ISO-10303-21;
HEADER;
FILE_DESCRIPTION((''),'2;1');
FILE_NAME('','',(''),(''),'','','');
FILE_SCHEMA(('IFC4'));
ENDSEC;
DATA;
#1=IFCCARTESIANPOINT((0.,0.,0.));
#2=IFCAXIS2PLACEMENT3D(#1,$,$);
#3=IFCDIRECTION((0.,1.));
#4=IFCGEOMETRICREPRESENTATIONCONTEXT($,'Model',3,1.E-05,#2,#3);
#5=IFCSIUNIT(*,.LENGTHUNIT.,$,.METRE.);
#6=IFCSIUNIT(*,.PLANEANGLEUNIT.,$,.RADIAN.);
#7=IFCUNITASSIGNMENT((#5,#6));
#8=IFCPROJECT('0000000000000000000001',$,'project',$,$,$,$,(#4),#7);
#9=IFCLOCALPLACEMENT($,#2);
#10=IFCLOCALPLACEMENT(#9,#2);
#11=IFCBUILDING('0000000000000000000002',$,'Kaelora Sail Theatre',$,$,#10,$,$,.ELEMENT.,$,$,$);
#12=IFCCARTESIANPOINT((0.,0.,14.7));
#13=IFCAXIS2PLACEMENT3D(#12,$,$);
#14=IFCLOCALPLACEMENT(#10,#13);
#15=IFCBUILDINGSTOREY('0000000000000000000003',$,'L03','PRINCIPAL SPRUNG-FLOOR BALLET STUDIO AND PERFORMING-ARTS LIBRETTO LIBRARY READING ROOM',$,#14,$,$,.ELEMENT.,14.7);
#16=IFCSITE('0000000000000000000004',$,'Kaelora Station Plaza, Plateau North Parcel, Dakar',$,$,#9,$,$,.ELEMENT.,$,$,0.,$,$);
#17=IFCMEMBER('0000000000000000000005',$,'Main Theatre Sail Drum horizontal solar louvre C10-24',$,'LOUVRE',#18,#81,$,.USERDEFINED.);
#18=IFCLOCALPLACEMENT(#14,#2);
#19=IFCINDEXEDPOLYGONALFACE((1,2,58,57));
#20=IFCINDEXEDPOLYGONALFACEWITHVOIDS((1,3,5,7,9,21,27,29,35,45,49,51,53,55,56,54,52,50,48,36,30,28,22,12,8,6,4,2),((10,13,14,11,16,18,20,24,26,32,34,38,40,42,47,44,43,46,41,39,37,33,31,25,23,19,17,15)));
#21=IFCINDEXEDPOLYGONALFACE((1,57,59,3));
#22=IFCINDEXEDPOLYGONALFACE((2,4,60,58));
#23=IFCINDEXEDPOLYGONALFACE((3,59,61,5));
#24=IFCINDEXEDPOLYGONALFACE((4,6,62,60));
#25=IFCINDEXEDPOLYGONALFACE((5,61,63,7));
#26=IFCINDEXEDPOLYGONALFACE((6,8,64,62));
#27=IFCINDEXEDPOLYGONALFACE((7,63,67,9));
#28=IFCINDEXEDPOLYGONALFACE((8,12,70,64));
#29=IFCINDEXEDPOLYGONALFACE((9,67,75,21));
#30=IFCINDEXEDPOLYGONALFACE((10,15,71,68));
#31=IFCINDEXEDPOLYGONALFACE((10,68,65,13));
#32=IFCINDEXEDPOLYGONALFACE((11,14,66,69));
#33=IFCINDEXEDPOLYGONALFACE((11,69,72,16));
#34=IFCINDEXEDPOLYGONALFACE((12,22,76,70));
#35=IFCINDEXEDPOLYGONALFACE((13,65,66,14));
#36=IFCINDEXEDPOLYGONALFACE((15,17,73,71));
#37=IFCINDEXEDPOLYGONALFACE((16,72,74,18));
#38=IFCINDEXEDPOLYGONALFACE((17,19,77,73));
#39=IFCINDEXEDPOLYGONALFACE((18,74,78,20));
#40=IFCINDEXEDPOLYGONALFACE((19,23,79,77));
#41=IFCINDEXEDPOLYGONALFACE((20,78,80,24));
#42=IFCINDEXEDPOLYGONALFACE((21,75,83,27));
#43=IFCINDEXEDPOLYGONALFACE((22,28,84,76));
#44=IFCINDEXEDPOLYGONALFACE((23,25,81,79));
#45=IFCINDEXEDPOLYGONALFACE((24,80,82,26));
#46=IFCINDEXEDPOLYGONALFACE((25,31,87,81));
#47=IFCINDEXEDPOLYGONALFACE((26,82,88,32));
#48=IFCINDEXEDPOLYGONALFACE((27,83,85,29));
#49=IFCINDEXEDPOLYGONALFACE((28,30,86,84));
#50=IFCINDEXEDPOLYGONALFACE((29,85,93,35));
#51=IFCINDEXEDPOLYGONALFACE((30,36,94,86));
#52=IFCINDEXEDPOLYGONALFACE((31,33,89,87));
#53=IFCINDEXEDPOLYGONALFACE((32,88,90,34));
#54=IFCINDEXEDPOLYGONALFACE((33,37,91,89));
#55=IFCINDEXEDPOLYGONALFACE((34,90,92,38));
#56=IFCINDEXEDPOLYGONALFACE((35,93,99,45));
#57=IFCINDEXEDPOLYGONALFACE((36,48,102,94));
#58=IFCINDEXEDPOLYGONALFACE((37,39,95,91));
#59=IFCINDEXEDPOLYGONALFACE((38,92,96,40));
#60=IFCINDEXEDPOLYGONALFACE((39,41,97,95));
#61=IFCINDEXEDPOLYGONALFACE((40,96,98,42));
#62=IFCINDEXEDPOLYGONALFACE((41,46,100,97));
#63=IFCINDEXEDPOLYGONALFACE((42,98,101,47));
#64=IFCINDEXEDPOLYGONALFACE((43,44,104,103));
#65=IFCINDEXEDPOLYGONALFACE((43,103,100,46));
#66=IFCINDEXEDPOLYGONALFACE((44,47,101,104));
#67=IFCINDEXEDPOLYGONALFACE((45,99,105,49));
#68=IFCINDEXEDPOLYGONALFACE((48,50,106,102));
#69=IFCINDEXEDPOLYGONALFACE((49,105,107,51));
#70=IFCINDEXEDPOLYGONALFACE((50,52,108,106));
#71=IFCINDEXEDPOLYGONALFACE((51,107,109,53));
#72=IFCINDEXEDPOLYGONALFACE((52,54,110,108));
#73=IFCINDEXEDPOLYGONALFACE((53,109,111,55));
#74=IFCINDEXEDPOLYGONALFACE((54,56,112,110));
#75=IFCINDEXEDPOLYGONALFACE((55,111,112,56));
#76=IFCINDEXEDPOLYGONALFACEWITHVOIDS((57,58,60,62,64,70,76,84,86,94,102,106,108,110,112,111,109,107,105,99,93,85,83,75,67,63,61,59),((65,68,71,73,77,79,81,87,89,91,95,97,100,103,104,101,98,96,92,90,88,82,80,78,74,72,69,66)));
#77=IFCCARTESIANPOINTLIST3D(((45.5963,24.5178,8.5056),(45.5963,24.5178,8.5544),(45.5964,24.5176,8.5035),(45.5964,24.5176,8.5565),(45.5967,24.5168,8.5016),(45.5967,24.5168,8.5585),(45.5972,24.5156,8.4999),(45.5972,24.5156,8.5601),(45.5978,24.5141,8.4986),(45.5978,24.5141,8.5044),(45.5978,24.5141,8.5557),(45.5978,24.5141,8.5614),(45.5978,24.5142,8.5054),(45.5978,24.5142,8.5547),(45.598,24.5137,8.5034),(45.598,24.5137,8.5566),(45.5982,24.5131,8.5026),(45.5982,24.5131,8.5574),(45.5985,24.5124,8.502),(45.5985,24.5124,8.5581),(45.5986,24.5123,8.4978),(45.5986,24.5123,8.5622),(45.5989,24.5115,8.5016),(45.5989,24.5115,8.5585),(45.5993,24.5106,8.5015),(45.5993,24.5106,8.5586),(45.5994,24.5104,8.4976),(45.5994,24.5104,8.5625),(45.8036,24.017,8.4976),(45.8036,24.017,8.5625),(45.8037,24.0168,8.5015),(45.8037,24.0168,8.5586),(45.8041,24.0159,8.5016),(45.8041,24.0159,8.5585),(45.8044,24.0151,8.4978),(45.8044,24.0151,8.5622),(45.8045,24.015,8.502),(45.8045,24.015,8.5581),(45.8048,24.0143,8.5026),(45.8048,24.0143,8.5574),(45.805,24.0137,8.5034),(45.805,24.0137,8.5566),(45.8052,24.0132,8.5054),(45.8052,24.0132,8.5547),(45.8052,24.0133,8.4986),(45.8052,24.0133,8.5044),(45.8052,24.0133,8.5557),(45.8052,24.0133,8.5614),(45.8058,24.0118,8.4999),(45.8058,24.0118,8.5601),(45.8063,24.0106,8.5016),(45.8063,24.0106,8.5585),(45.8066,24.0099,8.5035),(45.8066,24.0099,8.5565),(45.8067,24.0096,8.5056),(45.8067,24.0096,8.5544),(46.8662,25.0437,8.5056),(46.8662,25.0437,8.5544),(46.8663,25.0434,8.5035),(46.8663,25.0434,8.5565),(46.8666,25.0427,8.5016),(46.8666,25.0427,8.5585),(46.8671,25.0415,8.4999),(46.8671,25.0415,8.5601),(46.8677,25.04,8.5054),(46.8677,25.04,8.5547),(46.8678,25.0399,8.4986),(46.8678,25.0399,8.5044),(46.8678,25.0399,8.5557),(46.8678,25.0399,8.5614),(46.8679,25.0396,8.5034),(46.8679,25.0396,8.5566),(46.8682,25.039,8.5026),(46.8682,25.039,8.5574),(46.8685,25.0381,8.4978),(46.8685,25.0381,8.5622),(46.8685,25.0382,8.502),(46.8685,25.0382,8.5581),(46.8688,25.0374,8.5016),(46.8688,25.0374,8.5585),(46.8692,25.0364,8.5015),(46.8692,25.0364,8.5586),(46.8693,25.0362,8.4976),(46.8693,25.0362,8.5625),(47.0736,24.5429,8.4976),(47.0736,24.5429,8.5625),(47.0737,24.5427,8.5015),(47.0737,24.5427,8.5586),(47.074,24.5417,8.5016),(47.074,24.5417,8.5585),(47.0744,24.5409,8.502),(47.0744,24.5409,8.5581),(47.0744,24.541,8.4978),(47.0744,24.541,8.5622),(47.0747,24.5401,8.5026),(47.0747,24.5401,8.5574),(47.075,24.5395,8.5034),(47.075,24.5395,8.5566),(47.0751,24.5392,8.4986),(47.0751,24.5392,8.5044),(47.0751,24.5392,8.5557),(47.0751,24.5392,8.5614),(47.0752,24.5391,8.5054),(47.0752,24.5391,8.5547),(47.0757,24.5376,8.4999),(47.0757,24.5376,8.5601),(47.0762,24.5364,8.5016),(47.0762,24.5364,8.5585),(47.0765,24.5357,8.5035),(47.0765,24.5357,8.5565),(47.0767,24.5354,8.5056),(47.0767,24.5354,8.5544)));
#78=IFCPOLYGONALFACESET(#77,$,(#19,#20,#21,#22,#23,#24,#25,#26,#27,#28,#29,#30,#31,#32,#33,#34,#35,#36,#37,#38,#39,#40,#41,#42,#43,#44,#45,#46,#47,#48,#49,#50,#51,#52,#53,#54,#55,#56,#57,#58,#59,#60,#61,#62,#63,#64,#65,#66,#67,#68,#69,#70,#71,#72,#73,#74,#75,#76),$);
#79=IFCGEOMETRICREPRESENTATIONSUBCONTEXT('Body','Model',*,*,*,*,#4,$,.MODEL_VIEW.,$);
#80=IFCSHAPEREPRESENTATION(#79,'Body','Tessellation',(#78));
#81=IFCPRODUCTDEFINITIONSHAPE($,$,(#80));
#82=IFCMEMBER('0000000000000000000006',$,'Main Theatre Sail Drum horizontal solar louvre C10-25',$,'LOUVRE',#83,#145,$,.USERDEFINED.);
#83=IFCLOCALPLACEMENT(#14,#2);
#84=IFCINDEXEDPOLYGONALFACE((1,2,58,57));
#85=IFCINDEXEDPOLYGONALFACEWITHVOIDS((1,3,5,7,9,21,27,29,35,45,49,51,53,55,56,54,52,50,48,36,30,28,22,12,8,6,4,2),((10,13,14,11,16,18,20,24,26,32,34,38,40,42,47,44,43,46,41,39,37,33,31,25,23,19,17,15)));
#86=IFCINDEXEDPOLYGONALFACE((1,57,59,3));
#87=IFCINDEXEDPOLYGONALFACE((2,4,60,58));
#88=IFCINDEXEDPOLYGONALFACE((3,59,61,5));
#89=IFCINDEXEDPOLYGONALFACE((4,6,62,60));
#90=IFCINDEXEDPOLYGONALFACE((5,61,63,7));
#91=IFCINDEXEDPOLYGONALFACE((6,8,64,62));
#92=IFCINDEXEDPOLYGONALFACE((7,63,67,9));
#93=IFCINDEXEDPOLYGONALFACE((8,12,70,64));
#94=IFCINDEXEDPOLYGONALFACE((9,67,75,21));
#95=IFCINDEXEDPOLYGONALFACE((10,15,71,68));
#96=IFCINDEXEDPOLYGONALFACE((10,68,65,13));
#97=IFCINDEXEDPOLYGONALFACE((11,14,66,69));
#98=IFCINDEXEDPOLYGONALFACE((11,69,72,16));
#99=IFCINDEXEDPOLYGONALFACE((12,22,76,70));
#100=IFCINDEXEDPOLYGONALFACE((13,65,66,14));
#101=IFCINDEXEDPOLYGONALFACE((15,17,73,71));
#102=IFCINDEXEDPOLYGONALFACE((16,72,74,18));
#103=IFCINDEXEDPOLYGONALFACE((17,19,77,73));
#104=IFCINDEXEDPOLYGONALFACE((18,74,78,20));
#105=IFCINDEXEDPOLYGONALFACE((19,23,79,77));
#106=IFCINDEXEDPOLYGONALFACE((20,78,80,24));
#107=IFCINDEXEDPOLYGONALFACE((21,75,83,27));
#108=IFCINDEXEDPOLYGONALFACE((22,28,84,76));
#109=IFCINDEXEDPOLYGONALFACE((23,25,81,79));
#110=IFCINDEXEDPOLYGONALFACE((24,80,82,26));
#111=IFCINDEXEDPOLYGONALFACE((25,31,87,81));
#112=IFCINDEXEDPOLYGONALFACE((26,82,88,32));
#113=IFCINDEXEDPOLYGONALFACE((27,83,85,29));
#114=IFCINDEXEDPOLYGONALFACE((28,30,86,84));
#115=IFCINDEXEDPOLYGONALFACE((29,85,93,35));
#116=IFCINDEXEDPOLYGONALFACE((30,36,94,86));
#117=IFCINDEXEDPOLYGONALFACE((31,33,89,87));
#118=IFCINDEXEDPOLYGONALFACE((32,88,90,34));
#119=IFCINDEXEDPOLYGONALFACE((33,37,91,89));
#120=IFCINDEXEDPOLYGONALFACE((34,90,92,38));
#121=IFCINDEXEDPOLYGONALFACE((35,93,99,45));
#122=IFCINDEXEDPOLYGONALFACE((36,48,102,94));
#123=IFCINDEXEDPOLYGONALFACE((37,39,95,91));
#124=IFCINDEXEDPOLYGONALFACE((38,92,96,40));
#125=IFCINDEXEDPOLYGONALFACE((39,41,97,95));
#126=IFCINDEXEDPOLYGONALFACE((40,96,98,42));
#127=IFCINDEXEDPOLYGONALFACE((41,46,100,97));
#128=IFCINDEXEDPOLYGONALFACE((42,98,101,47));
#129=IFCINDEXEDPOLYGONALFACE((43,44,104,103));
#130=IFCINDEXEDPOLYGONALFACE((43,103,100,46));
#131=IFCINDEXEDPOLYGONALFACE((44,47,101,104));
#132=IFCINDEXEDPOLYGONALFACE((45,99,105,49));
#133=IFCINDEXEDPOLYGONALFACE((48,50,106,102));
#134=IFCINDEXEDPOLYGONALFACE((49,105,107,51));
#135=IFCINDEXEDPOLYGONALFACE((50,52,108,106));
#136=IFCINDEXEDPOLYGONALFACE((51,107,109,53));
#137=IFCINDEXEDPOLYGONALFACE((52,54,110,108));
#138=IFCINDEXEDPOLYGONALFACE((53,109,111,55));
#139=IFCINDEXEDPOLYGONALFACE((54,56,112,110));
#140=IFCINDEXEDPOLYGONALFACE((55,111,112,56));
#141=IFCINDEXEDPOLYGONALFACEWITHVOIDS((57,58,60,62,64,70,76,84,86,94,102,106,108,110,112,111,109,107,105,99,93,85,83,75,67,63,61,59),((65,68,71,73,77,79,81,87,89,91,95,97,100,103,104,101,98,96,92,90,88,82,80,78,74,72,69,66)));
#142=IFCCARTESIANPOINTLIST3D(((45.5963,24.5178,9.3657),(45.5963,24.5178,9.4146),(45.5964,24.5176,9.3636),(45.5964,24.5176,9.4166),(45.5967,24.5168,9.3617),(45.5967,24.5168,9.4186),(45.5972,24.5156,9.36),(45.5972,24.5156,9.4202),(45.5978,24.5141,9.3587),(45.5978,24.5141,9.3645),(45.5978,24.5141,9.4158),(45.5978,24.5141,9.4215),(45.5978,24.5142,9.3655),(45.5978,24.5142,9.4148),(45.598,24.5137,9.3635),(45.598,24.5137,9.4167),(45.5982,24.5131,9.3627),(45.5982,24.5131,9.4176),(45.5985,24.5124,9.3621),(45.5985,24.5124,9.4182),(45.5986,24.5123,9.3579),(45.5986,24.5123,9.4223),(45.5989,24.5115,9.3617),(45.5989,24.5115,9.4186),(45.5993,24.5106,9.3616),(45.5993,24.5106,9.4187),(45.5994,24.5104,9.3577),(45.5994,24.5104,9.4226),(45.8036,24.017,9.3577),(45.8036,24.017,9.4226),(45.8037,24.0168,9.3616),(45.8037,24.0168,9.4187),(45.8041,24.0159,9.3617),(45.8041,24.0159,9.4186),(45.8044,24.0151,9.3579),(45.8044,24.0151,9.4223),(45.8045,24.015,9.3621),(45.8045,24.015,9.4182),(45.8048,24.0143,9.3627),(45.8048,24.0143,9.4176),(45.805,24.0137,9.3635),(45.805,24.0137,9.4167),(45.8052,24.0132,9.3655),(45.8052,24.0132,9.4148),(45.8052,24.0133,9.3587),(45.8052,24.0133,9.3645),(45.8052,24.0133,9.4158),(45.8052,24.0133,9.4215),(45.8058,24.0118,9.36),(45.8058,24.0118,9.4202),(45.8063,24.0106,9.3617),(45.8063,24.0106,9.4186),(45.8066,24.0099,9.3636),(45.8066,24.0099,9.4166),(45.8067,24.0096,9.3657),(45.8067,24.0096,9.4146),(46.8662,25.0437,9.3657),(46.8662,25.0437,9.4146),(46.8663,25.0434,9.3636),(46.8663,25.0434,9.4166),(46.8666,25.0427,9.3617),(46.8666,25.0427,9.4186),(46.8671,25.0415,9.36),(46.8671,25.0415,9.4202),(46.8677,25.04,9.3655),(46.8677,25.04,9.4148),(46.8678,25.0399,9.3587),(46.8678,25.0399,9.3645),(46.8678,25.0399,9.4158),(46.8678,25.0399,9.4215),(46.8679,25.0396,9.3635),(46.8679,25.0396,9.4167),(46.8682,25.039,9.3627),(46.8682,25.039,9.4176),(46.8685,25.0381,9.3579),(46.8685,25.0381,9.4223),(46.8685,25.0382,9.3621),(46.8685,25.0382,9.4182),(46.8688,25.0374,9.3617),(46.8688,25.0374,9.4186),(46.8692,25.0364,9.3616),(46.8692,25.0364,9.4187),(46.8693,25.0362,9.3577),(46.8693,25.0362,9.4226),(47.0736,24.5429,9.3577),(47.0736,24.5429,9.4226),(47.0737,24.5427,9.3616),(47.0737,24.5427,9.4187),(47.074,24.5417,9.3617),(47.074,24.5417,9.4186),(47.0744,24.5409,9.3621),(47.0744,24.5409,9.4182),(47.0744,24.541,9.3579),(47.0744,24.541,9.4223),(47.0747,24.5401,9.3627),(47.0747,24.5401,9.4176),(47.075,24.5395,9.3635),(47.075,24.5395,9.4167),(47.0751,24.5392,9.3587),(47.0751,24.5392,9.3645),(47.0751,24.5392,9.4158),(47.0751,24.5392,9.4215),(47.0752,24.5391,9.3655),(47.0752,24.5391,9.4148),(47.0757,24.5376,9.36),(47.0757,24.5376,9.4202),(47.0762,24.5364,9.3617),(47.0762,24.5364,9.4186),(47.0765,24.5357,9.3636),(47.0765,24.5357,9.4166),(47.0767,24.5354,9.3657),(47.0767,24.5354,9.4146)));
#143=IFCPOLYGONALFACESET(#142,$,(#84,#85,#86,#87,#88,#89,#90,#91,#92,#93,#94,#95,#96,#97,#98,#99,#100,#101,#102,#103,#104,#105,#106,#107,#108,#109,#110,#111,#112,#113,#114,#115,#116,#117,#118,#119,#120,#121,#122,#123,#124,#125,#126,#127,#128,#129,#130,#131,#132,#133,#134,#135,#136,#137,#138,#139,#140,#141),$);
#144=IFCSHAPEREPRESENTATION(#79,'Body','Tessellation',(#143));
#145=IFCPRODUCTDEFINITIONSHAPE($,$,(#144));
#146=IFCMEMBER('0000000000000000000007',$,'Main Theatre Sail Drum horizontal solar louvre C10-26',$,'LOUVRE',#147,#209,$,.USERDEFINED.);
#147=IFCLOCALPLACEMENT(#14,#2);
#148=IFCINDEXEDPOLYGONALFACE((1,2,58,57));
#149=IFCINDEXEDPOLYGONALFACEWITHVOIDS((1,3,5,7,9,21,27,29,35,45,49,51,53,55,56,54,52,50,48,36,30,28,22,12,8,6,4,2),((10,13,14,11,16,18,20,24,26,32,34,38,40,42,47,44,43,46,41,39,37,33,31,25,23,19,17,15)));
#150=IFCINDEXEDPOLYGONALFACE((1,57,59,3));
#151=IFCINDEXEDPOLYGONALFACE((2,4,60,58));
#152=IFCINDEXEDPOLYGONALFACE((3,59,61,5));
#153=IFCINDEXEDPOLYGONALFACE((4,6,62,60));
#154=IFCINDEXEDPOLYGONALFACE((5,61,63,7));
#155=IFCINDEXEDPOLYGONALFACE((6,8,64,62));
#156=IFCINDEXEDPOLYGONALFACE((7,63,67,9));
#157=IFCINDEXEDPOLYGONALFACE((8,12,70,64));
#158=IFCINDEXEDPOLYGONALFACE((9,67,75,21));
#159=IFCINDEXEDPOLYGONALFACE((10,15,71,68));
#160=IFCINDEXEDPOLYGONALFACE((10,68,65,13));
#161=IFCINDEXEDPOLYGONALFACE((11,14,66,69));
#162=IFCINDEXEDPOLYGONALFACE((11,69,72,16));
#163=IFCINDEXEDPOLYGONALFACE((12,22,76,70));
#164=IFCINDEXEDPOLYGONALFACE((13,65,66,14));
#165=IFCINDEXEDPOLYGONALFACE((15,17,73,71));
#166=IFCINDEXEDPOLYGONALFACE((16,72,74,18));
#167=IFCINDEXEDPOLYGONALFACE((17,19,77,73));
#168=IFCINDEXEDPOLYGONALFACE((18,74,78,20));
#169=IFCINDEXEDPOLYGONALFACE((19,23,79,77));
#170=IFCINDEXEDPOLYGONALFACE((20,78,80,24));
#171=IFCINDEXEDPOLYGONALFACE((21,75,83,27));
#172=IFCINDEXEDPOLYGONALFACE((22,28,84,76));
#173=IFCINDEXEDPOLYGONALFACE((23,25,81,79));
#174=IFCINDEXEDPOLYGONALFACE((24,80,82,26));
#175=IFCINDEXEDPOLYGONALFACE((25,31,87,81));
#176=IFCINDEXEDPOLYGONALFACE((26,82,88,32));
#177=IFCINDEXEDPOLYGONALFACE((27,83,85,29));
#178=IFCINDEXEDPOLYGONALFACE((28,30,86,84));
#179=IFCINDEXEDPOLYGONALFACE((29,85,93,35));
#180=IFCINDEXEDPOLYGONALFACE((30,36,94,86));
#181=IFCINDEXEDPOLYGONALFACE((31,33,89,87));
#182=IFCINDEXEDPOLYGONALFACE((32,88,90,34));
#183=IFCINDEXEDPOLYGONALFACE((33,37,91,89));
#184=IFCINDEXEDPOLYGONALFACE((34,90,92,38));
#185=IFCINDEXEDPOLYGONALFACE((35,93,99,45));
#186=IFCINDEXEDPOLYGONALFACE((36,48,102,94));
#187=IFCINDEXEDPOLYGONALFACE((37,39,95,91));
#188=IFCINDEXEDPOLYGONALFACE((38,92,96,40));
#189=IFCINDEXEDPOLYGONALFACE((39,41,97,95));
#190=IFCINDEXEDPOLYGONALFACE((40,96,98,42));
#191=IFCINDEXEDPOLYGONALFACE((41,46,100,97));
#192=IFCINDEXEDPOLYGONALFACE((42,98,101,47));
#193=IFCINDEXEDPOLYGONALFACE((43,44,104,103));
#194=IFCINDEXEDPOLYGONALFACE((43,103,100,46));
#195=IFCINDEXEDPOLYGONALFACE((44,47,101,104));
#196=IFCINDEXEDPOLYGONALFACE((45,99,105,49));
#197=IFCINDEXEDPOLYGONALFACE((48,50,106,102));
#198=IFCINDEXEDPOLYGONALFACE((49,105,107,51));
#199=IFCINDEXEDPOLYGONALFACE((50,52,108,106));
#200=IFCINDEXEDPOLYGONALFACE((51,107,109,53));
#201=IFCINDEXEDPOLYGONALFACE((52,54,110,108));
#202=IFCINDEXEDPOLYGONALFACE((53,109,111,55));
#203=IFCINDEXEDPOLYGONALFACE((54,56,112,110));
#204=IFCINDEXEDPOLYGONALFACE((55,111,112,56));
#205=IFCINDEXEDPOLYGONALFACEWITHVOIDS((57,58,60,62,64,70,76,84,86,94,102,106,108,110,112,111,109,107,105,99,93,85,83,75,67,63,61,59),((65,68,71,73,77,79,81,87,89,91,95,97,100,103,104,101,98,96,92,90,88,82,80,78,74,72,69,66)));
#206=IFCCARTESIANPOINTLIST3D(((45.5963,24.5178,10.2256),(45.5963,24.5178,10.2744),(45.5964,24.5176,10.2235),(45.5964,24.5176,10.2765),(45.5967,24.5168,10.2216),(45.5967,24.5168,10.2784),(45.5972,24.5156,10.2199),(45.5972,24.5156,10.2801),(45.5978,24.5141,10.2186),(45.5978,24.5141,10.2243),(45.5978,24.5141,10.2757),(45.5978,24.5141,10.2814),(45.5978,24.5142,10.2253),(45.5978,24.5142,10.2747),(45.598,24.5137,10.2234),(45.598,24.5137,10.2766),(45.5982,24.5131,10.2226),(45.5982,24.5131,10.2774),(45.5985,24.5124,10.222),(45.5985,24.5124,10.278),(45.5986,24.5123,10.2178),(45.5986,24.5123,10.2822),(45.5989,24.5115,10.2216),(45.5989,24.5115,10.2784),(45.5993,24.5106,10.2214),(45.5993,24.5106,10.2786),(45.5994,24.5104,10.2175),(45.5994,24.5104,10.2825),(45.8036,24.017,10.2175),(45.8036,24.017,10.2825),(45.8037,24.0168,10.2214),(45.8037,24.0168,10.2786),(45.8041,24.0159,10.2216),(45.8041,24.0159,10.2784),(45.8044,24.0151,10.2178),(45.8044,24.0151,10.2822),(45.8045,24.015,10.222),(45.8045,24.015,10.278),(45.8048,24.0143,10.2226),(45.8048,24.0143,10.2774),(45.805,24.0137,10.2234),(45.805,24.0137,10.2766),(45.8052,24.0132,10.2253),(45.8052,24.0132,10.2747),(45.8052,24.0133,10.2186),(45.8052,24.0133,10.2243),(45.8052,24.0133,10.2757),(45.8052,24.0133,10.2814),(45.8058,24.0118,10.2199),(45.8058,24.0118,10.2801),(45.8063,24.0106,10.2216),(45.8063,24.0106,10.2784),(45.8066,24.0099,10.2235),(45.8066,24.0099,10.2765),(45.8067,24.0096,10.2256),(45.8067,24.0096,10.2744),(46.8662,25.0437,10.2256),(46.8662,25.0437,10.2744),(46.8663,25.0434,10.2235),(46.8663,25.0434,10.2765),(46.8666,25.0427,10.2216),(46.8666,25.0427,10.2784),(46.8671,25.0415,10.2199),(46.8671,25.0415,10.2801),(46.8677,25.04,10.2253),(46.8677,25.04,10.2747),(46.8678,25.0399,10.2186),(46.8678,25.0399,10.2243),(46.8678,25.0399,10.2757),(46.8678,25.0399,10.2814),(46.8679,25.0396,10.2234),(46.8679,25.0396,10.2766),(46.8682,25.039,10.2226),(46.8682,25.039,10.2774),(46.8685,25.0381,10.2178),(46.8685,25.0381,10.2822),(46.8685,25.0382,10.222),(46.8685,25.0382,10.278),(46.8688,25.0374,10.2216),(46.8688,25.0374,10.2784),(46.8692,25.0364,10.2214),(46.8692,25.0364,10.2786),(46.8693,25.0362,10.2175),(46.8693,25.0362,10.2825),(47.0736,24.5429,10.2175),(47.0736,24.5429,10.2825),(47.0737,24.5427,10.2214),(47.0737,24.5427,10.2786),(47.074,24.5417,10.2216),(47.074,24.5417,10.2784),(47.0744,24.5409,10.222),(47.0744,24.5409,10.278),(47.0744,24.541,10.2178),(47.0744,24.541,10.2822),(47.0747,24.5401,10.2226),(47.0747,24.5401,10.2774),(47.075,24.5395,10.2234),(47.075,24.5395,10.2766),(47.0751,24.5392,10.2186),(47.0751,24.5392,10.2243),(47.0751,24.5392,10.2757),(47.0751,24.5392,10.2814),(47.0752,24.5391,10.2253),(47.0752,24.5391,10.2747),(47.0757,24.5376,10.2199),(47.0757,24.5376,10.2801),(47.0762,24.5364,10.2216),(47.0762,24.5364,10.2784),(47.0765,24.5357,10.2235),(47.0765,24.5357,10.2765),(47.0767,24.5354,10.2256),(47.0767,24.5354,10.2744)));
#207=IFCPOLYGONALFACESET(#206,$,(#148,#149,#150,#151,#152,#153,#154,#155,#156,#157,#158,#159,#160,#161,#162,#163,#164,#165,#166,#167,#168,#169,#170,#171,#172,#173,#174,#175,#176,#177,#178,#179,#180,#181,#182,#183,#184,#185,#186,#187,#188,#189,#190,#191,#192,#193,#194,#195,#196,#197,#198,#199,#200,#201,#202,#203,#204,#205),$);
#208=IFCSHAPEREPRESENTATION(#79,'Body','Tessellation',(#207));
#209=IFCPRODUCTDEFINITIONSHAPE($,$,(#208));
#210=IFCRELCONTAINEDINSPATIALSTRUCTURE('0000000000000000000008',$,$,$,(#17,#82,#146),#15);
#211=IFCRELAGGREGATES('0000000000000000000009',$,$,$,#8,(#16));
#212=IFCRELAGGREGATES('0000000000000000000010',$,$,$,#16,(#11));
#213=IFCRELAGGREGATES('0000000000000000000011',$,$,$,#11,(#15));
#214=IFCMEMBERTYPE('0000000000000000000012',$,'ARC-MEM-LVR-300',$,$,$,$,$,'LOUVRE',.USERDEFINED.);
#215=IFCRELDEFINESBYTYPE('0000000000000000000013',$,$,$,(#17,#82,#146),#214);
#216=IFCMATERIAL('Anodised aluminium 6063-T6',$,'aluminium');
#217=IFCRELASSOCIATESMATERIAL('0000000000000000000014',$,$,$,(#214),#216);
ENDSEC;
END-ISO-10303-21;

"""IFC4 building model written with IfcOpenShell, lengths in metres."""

from ifc_helpers import new_model, si_unit, direction, frame, origin, origin_2d, place, context, subcontext, project, spatial, hollow_rectangle, extrude, material, material_profile, profile_set, type_object, element, save


model = new_model("IFC4")

# Units and contexts
model_context = context("Model", 3, precision=1e-05, world=origin(), true_north=direction((0.0, 1.0)))
body_context = subcontext(model_context, "Body", "Model", "MODEL_VIEW")
ifc_project = project(units=[si_unit("LENGTHUNIT", "METRE"), si_unit("PLANEANGLEUNIT", "RADIAN")], contexts=[model_context])

# Site, building, storey
site_placement = place(None, origin())
site = spatial("IfcSite", under=ifc_project, at=site_placement, Name="Kaelora Station Plaza, Plateau North Parcel, Dakar", CompositionType="ELEMENT", RefElevation=0.0)
building_placement = place(site_placement, origin())
building = spatial("IfcBuilding", under=site, at=building_placement, Name="Kaelora Sail Theatre", CompositionType="ELEMENT")
storey_placement = place(building_placement, frame((0.0, 0.0, 14.7)))
storey = spatial("IfcBuildingStorey", under=building, at=storey_placement, Name="L03", Description="PRINCIPAL SPRUNG-FLOOR BALLET STUDIO AND PERFORMING-ARTS LIBRETTO LIBRARY READING ROOM", CompositionType="ELEMENT", Elevation=14.7)

# Members
ifc_material = material(Name="Anodised aluminium 6063-T6", Category="aluminium")
ifc_material_profile = material_profile(ifc_material, hollow_rectangle(XDim=0.55, YDim=0.0649, WallThickness=0.0039, InnerFilletRadius=0.0039, OuterFilletRadius=0.0081, at=origin_2d()), Name="LOUVRE 550x65x4")
ifc_profile_set = profile_set([ifc_material_profile], Name="Anodised aluminium 6063-T6")
member_type = type_object("IfcMemberType", Name="ARC-MEM-LVR-300", ElementType="LOUVRE", PredefinedType="USERDEFINED", material=ifc_profile_set)
for number, where, z_axis, x_axis, name in (
    (1, (46.9714, 24.7896, 8.53), (-0.923926, -0.382571, 0.0), (0.382571, -0.923926, 0.0), "Main Theatre Sail Drum horizontal solar louvre C10-24"),
    (2, (46.9714, 24.7896, 9.3901), (-0.923926, -0.382571, 0.0), (0.382571, -0.923926, 0.0), "Main Theatre Sail Drum horizontal solar louvre C10-25"),
    (3, (46.9714, 24.7896, 10.25), (-0.923926, -0.382571, 0.0), (0.382571, -0.923926, 0.0), "Main Theatre Sail Drum horizontal solar louvre C10-26"),
):
    element("IfcMember", number, at=place(storey_placement, frame(where, z_axis=z_axis, x_axis=x_axis)), inside=storey, type_object=member_type, Name=name, ObjectType="LOUVRE", PredefinedType="USERDEFINED", context=body_context, shape_type="SweptSolid", body=[
        extrude(hollow_rectangle(XDim=0.55, YDim=0.0649, WallThickness=0.0039, InnerFilletRadius=0.0039, OuterFilletRadius=0.0081, at=origin_2d()), origin(), (0.0, 0.0, 1.0), 1.3745),
    ])

save(model, "model.ifc")
